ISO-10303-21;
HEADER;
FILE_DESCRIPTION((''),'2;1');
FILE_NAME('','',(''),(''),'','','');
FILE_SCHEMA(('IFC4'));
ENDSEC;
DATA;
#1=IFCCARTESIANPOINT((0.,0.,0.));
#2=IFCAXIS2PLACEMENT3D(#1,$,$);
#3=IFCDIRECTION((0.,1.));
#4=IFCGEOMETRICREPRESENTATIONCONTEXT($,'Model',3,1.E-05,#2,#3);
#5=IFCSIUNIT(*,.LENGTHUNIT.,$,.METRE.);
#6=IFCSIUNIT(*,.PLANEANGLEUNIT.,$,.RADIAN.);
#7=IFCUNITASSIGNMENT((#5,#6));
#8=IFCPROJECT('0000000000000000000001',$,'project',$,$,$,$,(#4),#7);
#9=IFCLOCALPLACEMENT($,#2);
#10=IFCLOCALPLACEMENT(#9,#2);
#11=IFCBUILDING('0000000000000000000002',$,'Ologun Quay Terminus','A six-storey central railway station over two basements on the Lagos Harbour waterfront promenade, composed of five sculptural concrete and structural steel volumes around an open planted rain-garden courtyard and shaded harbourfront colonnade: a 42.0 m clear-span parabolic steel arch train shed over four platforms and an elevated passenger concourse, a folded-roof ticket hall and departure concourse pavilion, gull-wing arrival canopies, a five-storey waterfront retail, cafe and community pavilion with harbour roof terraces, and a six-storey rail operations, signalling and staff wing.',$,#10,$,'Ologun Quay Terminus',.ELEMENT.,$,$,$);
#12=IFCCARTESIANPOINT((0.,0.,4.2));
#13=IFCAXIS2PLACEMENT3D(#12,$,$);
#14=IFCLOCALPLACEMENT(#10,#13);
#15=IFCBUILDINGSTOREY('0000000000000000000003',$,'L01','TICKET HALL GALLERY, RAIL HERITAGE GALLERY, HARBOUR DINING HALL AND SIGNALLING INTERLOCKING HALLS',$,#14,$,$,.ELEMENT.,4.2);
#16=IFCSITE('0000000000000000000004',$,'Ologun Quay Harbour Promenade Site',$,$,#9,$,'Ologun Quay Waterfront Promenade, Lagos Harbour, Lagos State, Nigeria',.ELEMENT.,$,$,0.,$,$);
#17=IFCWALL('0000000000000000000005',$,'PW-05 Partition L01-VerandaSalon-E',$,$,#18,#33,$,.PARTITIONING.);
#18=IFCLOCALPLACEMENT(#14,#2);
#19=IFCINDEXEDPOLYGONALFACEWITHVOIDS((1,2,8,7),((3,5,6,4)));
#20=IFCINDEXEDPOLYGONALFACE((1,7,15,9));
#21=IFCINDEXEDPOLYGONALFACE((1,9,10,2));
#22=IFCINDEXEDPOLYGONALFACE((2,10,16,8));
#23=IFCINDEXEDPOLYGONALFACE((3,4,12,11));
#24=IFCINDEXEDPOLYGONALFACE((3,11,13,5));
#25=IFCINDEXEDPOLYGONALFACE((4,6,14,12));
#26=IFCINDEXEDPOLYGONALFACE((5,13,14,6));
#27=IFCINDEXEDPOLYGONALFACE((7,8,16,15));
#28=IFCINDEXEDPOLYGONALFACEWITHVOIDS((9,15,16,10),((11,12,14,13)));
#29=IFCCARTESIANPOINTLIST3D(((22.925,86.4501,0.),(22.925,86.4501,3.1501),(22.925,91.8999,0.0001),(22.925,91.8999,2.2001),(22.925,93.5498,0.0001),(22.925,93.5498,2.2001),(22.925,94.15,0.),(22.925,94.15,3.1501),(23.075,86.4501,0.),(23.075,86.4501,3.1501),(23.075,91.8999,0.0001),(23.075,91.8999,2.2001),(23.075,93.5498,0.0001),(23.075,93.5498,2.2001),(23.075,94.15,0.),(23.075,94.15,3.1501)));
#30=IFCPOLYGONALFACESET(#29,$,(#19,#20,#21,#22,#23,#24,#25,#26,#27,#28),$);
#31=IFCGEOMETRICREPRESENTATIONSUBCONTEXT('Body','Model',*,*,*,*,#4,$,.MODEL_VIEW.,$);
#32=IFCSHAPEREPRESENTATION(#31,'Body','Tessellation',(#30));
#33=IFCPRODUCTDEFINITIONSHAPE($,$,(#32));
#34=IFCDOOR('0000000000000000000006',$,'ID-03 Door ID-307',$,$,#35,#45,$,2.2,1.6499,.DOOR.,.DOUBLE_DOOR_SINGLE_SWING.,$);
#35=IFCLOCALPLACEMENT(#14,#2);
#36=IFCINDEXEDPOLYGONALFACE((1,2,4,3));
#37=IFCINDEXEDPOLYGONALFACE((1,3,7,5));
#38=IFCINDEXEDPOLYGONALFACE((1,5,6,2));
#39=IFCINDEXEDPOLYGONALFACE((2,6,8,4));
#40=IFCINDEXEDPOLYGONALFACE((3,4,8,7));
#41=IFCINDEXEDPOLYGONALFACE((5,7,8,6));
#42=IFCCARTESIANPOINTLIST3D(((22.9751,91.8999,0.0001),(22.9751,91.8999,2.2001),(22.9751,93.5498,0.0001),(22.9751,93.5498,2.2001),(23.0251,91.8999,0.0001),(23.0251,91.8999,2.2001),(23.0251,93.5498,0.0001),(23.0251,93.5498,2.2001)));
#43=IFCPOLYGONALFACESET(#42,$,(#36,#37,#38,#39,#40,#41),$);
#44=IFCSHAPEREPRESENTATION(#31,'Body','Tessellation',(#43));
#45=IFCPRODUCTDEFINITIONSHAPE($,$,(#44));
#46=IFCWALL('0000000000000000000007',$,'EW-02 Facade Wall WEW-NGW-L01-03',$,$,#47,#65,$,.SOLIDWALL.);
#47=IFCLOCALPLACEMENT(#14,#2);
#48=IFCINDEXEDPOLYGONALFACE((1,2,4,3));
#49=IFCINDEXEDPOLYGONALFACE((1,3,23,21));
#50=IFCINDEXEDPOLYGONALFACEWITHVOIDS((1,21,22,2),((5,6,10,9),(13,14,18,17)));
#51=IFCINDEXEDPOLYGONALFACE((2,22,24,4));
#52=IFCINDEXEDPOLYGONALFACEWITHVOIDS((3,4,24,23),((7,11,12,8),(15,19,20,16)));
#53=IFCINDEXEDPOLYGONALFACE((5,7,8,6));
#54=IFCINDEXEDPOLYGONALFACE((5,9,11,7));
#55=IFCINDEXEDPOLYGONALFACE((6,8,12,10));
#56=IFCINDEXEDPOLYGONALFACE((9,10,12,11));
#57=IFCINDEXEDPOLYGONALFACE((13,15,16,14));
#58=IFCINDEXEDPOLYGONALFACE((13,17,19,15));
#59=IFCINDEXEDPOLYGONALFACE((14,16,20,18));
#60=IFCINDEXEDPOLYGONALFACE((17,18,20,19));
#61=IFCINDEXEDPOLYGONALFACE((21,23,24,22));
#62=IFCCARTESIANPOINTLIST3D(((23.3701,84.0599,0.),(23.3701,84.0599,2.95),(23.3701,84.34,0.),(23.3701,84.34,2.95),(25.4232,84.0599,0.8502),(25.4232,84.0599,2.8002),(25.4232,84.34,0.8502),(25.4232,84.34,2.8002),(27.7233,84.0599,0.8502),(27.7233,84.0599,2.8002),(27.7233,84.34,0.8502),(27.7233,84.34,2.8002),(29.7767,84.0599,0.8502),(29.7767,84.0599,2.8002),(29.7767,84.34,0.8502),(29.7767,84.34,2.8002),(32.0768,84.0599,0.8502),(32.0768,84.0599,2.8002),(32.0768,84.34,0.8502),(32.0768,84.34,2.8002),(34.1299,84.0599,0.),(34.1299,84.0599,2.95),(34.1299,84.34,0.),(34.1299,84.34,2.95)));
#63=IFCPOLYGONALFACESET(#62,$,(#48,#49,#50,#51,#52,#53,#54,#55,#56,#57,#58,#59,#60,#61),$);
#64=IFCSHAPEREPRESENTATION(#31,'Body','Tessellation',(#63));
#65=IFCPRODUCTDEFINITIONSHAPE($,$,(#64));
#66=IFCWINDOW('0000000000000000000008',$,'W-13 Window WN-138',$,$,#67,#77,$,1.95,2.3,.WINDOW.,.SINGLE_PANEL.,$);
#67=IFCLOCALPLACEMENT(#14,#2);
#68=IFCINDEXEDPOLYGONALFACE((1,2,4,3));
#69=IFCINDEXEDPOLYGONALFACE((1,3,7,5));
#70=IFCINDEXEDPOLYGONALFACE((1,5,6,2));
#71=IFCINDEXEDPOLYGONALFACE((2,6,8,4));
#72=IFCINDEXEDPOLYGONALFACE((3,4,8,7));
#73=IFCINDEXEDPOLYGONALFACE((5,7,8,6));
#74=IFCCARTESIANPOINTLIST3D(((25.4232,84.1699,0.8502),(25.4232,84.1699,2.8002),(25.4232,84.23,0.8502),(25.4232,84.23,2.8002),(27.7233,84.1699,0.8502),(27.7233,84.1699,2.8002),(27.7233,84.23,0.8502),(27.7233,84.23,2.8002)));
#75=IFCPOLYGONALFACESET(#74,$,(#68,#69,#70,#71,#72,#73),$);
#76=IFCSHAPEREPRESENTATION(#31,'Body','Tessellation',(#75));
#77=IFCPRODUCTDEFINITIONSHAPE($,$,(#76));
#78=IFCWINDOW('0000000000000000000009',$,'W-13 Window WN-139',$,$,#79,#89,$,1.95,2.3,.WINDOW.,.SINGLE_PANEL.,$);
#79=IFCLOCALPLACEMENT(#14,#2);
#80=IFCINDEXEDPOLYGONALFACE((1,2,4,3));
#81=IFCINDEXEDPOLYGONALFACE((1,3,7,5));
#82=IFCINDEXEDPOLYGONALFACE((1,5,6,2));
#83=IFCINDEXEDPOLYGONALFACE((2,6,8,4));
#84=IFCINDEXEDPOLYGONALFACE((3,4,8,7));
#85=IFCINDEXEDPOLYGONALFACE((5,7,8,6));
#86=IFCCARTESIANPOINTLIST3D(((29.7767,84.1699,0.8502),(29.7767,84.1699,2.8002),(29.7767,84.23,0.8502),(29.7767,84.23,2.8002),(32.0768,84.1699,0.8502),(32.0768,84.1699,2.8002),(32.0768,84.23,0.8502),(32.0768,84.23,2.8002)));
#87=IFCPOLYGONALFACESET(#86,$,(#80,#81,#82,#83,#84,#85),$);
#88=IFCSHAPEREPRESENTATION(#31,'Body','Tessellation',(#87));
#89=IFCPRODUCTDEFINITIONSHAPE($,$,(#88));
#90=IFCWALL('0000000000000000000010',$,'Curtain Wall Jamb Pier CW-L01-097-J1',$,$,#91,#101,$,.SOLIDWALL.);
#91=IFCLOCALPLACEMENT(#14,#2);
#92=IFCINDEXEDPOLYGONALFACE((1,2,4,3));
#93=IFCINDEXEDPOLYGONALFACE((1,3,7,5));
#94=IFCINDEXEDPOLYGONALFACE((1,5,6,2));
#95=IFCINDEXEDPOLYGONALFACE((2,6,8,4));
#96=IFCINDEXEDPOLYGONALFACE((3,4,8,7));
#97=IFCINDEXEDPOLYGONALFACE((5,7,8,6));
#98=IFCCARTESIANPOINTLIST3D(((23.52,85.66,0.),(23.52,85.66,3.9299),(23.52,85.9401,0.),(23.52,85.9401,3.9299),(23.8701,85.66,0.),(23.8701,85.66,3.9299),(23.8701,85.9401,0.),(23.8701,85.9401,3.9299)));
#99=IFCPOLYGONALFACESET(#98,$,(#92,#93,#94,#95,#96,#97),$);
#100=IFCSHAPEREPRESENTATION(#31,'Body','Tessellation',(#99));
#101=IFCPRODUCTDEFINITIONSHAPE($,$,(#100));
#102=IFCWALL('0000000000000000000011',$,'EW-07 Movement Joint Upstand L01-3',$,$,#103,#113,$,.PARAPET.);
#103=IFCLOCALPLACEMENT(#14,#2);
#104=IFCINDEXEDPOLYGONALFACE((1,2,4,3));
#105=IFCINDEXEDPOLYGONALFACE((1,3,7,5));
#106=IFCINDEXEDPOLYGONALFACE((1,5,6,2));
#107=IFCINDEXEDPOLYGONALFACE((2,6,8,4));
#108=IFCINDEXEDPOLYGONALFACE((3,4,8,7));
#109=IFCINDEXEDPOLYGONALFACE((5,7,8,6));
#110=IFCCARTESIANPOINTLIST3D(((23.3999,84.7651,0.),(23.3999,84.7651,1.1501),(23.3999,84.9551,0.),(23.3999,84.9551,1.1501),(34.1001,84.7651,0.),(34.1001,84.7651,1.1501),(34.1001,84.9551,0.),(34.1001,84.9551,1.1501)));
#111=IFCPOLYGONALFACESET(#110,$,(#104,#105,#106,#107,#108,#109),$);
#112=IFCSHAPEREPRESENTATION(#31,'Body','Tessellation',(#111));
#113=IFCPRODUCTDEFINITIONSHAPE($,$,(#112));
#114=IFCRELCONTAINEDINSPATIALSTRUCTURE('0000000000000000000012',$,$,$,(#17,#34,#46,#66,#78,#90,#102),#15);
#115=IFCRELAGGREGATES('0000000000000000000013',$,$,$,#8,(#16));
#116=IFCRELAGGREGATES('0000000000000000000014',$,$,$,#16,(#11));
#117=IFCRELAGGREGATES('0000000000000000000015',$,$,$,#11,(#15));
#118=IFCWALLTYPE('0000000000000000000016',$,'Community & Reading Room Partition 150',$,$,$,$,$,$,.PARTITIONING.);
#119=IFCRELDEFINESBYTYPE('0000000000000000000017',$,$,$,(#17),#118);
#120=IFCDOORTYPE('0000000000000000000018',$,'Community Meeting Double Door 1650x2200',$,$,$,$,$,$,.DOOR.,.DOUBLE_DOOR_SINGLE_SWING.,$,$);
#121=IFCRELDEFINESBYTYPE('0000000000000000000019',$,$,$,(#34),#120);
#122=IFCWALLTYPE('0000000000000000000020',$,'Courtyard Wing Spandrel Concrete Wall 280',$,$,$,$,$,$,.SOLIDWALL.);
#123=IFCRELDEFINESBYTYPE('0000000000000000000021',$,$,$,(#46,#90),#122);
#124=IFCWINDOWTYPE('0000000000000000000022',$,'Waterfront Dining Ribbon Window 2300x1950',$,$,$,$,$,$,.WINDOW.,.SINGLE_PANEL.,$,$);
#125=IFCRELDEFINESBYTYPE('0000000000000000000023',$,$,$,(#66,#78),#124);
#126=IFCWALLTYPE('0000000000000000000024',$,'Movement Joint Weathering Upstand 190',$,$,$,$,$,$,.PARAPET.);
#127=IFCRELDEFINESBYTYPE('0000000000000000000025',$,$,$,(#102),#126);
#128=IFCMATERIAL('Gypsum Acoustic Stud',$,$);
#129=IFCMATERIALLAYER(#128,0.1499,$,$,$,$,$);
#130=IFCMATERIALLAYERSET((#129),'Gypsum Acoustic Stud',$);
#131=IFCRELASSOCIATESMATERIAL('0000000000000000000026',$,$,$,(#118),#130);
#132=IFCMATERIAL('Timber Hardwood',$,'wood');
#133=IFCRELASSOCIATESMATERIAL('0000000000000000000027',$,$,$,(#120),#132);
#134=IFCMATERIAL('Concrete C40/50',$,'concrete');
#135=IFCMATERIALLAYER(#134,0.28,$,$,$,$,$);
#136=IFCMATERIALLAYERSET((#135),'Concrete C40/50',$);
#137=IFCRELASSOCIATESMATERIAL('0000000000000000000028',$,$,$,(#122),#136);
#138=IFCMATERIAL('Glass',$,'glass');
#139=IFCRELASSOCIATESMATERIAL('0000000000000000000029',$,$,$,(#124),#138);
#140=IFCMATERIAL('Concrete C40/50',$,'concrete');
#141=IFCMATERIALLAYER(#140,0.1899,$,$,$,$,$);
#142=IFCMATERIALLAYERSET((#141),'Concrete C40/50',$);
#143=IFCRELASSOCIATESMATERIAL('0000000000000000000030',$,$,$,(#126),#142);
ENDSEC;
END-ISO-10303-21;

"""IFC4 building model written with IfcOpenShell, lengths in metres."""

from ifc_helpers import new_model, si_unit, direction, frame, frame_2d, origin, place, context, subcontext, project, spatial, rectangle, extrude, material, layer, layer_set, type_object, element, fill, save


model = new_model("IFC4")

# Units and contexts
model_context = context("Model", 3, precision=1e-05, world=origin(), true_north=direction((0.0, 1.0)))
body_context = subcontext(model_context, "Body", "Model", "MODEL_VIEW")
ifc_project = project(units=[si_unit("LENGTHUNIT", "METRE"), si_unit("PLANEANGLEUNIT", "RADIAN")], contexts=[model_context])

# Site, building, storey
site_placement = place(None, origin())
site = spatial("IfcSite", under=ifc_project, at=site_placement, Name="Ologun Quay Harbour Promenade Site", LongName="Ologun Quay Waterfront Promenade, Lagos Harbour, Lagos State, Nigeria", CompositionType="ELEMENT", RefElevation=0.0)
building_placement = place(site_placement, origin())
building = spatial("IfcBuilding", under=site, at=building_placement, Name="Ologun Quay Terminus", Description="A six-storey central railway station over two basements on the Lagos Harbour waterfront promenade, composed of five sculptural concrete and structural steel volumes around an open planted rain-garden courtyard and shaded harbourfront colonnade: a 42.0 m clear-span parabolic steel arch train shed over four platforms and an elevated passenger concourse, a folded-roof ticket hall and departure concourse pavilion, gull-wing arrival canopies, a five-storey waterfront retail, cafe and community pavilion with harbour roof terraces, and a six-storey rail operations, signalling and staff wing.", LongName="Ologun Quay Terminus", CompositionType="ELEMENT")
storey_placement = place(building_placement, frame((0.0, 0.0, 4.2)))
storey = spatial("IfcBuildingStorey", under=building, at=storey_placement, Name="L01", Description="TICKET HALL GALLERY, RAIL HERITAGE GALLERY, HARBOUR DINING HALL AND SIGNALLING INTERLOCKING HALLS", CompositionType="ELEMENT", Elevation=4.2)

# Wall, opening, door
ifc_material_1 = material(Name="Gypsum Acoustic Stud")
ifc_layer_1 = layer(ifc_material_1, 0.1499)
ifc_layer_set_1 = layer_set([ifc_layer_1], Name="Gypsum Acoustic Stud")
wall_type_1 = type_object("IfcWallType", Name="Community & Reading Room Partition 150", PredefinedType="PARTITIONING", material=ifc_layer_set_1)
wall_1_placement = place(storey_placement, frame((23.0, 86.45, 0.0), z_axis=(0.0, 0.0, 1.0), x_axis=(0.0, 1.0, 0.0)))
wall_1 = element("IfcWall", 1, at=wall_1_placement, inside=storey, type_object=wall_type_1, Name="PW-05 Partition L01-VerandaSalon-E", PredefinedType="PARTITIONING", context=body_context, shape_type="SweptSolid", body=[
    extrude(rectangle(XDim=7.7, YDim=0.1499, at=frame_2d((3.8501, 0.0))), origin(), (0.0, 0.0, 1.0), 3.1501),
])
opening_1_placement = place(wall_1_placement, frame((5.45, 0.0, 0.0)))
opening_1 = element("IfcOpeningElement", 2, at=opening_1_placement, cuts=wall_1, PredefinedType="OPENING", context=body_context, shape_type="SweptSolid", body=[
    extrude(rectangle(XDim=1.6499, YDim=2.2, at=frame_2d((0.825, 1.1001))), frame((0.0, 0.085, 0.0), z_axis=(0.0, -1.0, 0.0), x_axis=(1.0, 0.0, 0.0)), (0.0, 0.0, 1.0), 0.1699),
])
ifc_material_2 = material(Name="Timber Hardwood", Category="wood")
door_type = type_object("IfcDoorType", Name="Community Meeting Double Door 1650x2200", OperationType="DOUBLE_DOOR_SINGLE_SWING", PredefinedType="DOOR", material=ifc_material_2)
door_placement = place(opening_1_placement, origin())
door = element("IfcDoor", 3, at=door_placement, inside=storey, type_object=door_type, Name="ID-03 Door ID-307", OperationType="DOUBLE_DOOR_SINGLE_SWING", OverallHeight=2.2, OverallWidth=1.6499, PredefinedType="DOOR", context=body_context, shape_type="SweptSolid", body=[
    extrude(rectangle(XDim=1.6499, YDim=2.2, at=frame_2d((0.825, 1.1001))), frame((0.0, 0.0249, 0.0), z_axis=(0.0, -1.0, 0.0), x_axis=(1.0, 0.0, 0.0)), (0.0, 0.0, 1.0), 0.05),
])
fill(opening_1, door)

# Wall, openings, windows
ifc_material_3 = material(Name="Concrete C40/50", Category="concrete")
ifc_layer_2 = layer(ifc_material_3, 0.28)
ifc_layer_set_2 = layer_set([ifc_layer_2], Name="Concrete C40/50")
wall_type_2 = type_object("IfcWallType", Name="Courtyard Wing Spandrel Concrete Wall 280", PredefinedType="SOLIDWALL", material=ifc_layer_set_2)
wall_2_placement = place(storey_placement, frame((23.3701, 84.2, 0.0), z_axis=(0.0, 0.0, 1.0), x_axis=(1.0, 0.0, 0.0)))
wall_2 = element("IfcWall", 4, at=wall_2_placement, inside=storey, type_object=wall_type_2, Name="EW-02 Facade Wall WEW-NGW-L01-03", PredefinedType="SOLIDWALL", context=body_context, shape_type="SweptSolid", body=[
    extrude(rectangle(XDim=10.7598, YDim=0.28, at=frame_2d((5.3799, 0.0))), origin(), (0.0, 0.0, 1.0), 2.95),
])
opening_2_placement = place(wall_2_placement, frame((2.0532, 0.0, 0.8501)))
opening_2 = element("IfcOpeningElement", 5, at=opening_2_placement, cuts=wall_2, PredefinedType="OPENING", context=body_context, shape_type="SweptSolid", body=[
    extrude(rectangle(XDim=2.3, YDim=1.95, at=frame_2d((1.1499, 0.9751))), frame((0.0, 0.1499, 0.0), z_axis=(0.0, -1.0, 0.0), x_axis=(1.0, 0.0, 0.0)), (0.0, 0.0, 1.0), 0.3),
])
opening_3_placement = place(wall_2_placement, frame((6.4067, 0.0, 0.8501)))
opening_3 = element("IfcOpeningElement", 6, at=opening_3_placement, cuts=wall_2, PredefinedType="OPENING", context=body_context, shape_type="SweptSolid", body=[
    extrude(rectangle(XDim=2.3, YDim=1.95, at=frame_2d((1.1499, 0.9751))), frame((0.0, 0.1499, 0.0), z_axis=(0.0, -1.0, 0.0), x_axis=(1.0, 0.0, 0.0)), (0.0, 0.0, 1.0), 0.3),
])
ifc_material_4 = material(Name="Glass", Category="glass")
window_type = type_object("IfcWindowType", Name="Waterfront Dining Ribbon Window 2300x1950", PartitioningType="SINGLE_PANEL", PredefinedType="WINDOW", material=ifc_material_4)
window_1_placement = place(opening_2_placement, origin())
window_1 = element("IfcWindow", 7, at=window_1_placement, inside=storey, type_object=window_type, Name="W-13 Window WN-138", OverallHeight=1.95, OverallWidth=2.3, PartitioningType="SINGLE_PANEL", PredefinedType="WINDOW", context=body_context, shape_type="SweptSolid", body=[
    extrude(rectangle(XDim=2.3, YDim=1.95, at=frame_2d((1.1499, 0.9751))), frame((0.0, 0.03, 0.0), z_axis=(0.0, -1.0, 0.0), x_axis=(1.0, 0.0, 0.0)), (0.0, 0.0, 1.0), 0.0601),
])
fill(opening_2, window_1)
window_2_placement = place(opening_3_placement, origin())
window_2 = element("IfcWindow", 8, at=window_2_placement, inside=storey, type_object=window_type, Name="W-13 Window WN-139", OverallHeight=1.95, OverallWidth=2.3, PartitioningType="SINGLE_PANEL", PredefinedType="WINDOW", context=body_context, shape_type="SweptSolid", body=[
    extrude(rectangle(XDim=2.3, YDim=1.95, at=frame_2d((1.1499, 0.9751))), frame((0.0, 0.03, 0.0), z_axis=(0.0, -1.0, 0.0), x_axis=(1.0, 0.0, 0.0)), (0.0, 0.0, 1.0), 0.0601),
])
fill(opening_3, window_2)

# Walls
wall_3_placement = place(storey_placement, frame((23.52, 85.8, 0.0), z_axis=(0.0, 0.0, 1.0), x_axis=(1.0, 0.0, 0.0)))
element("IfcWall", 9, at=wall_3_placement, inside=storey, type_object=wall_type_2, Name="Curtain Wall Jamb Pier CW-L01-097-J1", PredefinedType="SOLIDWALL", context=body_context, shape_type="SweptSolid", body=[
    extrude(rectangle(XDim=0.3501, YDim=0.28, at=frame_2d((0.175, 0.0))), origin(), (0.0, 0.0, 1.0), 3.9299),
])
ifc_material_5 = material(Name="Concrete C40/50", Category="concrete")
ifc_layer_3 = layer(ifc_material_5, 0.1899)
ifc_layer_set_3 = layer_set([ifc_layer_3], Name="Concrete C40/50")
wall_type_3 = type_object("IfcWallType", Name="Movement Joint Weathering Upstand 190", PredefinedType="PARAPET", material=ifc_layer_set_3)
wall_4_placement = place(storey_placement, frame((23.3999, 84.8601, 0.0), z_axis=(0.0, 0.0, 1.0), x_axis=(1.0, 0.0, 0.0)))
element("IfcWall", 10, at=wall_4_placement, inside=storey, type_object=wall_type_3, Name="EW-07 Movement Joint Upstand L01-3", PredefinedType="PARAPET", context=body_context, shape_type="SweptSolid", body=[
    extrude(rectangle(XDim=10.7002, YDim=0.1899, at=frame_2d((5.3501, 0.0))), origin(), (0.0, 0.0, 1.0), 1.1501),
])

save(model, "model.ifc")
